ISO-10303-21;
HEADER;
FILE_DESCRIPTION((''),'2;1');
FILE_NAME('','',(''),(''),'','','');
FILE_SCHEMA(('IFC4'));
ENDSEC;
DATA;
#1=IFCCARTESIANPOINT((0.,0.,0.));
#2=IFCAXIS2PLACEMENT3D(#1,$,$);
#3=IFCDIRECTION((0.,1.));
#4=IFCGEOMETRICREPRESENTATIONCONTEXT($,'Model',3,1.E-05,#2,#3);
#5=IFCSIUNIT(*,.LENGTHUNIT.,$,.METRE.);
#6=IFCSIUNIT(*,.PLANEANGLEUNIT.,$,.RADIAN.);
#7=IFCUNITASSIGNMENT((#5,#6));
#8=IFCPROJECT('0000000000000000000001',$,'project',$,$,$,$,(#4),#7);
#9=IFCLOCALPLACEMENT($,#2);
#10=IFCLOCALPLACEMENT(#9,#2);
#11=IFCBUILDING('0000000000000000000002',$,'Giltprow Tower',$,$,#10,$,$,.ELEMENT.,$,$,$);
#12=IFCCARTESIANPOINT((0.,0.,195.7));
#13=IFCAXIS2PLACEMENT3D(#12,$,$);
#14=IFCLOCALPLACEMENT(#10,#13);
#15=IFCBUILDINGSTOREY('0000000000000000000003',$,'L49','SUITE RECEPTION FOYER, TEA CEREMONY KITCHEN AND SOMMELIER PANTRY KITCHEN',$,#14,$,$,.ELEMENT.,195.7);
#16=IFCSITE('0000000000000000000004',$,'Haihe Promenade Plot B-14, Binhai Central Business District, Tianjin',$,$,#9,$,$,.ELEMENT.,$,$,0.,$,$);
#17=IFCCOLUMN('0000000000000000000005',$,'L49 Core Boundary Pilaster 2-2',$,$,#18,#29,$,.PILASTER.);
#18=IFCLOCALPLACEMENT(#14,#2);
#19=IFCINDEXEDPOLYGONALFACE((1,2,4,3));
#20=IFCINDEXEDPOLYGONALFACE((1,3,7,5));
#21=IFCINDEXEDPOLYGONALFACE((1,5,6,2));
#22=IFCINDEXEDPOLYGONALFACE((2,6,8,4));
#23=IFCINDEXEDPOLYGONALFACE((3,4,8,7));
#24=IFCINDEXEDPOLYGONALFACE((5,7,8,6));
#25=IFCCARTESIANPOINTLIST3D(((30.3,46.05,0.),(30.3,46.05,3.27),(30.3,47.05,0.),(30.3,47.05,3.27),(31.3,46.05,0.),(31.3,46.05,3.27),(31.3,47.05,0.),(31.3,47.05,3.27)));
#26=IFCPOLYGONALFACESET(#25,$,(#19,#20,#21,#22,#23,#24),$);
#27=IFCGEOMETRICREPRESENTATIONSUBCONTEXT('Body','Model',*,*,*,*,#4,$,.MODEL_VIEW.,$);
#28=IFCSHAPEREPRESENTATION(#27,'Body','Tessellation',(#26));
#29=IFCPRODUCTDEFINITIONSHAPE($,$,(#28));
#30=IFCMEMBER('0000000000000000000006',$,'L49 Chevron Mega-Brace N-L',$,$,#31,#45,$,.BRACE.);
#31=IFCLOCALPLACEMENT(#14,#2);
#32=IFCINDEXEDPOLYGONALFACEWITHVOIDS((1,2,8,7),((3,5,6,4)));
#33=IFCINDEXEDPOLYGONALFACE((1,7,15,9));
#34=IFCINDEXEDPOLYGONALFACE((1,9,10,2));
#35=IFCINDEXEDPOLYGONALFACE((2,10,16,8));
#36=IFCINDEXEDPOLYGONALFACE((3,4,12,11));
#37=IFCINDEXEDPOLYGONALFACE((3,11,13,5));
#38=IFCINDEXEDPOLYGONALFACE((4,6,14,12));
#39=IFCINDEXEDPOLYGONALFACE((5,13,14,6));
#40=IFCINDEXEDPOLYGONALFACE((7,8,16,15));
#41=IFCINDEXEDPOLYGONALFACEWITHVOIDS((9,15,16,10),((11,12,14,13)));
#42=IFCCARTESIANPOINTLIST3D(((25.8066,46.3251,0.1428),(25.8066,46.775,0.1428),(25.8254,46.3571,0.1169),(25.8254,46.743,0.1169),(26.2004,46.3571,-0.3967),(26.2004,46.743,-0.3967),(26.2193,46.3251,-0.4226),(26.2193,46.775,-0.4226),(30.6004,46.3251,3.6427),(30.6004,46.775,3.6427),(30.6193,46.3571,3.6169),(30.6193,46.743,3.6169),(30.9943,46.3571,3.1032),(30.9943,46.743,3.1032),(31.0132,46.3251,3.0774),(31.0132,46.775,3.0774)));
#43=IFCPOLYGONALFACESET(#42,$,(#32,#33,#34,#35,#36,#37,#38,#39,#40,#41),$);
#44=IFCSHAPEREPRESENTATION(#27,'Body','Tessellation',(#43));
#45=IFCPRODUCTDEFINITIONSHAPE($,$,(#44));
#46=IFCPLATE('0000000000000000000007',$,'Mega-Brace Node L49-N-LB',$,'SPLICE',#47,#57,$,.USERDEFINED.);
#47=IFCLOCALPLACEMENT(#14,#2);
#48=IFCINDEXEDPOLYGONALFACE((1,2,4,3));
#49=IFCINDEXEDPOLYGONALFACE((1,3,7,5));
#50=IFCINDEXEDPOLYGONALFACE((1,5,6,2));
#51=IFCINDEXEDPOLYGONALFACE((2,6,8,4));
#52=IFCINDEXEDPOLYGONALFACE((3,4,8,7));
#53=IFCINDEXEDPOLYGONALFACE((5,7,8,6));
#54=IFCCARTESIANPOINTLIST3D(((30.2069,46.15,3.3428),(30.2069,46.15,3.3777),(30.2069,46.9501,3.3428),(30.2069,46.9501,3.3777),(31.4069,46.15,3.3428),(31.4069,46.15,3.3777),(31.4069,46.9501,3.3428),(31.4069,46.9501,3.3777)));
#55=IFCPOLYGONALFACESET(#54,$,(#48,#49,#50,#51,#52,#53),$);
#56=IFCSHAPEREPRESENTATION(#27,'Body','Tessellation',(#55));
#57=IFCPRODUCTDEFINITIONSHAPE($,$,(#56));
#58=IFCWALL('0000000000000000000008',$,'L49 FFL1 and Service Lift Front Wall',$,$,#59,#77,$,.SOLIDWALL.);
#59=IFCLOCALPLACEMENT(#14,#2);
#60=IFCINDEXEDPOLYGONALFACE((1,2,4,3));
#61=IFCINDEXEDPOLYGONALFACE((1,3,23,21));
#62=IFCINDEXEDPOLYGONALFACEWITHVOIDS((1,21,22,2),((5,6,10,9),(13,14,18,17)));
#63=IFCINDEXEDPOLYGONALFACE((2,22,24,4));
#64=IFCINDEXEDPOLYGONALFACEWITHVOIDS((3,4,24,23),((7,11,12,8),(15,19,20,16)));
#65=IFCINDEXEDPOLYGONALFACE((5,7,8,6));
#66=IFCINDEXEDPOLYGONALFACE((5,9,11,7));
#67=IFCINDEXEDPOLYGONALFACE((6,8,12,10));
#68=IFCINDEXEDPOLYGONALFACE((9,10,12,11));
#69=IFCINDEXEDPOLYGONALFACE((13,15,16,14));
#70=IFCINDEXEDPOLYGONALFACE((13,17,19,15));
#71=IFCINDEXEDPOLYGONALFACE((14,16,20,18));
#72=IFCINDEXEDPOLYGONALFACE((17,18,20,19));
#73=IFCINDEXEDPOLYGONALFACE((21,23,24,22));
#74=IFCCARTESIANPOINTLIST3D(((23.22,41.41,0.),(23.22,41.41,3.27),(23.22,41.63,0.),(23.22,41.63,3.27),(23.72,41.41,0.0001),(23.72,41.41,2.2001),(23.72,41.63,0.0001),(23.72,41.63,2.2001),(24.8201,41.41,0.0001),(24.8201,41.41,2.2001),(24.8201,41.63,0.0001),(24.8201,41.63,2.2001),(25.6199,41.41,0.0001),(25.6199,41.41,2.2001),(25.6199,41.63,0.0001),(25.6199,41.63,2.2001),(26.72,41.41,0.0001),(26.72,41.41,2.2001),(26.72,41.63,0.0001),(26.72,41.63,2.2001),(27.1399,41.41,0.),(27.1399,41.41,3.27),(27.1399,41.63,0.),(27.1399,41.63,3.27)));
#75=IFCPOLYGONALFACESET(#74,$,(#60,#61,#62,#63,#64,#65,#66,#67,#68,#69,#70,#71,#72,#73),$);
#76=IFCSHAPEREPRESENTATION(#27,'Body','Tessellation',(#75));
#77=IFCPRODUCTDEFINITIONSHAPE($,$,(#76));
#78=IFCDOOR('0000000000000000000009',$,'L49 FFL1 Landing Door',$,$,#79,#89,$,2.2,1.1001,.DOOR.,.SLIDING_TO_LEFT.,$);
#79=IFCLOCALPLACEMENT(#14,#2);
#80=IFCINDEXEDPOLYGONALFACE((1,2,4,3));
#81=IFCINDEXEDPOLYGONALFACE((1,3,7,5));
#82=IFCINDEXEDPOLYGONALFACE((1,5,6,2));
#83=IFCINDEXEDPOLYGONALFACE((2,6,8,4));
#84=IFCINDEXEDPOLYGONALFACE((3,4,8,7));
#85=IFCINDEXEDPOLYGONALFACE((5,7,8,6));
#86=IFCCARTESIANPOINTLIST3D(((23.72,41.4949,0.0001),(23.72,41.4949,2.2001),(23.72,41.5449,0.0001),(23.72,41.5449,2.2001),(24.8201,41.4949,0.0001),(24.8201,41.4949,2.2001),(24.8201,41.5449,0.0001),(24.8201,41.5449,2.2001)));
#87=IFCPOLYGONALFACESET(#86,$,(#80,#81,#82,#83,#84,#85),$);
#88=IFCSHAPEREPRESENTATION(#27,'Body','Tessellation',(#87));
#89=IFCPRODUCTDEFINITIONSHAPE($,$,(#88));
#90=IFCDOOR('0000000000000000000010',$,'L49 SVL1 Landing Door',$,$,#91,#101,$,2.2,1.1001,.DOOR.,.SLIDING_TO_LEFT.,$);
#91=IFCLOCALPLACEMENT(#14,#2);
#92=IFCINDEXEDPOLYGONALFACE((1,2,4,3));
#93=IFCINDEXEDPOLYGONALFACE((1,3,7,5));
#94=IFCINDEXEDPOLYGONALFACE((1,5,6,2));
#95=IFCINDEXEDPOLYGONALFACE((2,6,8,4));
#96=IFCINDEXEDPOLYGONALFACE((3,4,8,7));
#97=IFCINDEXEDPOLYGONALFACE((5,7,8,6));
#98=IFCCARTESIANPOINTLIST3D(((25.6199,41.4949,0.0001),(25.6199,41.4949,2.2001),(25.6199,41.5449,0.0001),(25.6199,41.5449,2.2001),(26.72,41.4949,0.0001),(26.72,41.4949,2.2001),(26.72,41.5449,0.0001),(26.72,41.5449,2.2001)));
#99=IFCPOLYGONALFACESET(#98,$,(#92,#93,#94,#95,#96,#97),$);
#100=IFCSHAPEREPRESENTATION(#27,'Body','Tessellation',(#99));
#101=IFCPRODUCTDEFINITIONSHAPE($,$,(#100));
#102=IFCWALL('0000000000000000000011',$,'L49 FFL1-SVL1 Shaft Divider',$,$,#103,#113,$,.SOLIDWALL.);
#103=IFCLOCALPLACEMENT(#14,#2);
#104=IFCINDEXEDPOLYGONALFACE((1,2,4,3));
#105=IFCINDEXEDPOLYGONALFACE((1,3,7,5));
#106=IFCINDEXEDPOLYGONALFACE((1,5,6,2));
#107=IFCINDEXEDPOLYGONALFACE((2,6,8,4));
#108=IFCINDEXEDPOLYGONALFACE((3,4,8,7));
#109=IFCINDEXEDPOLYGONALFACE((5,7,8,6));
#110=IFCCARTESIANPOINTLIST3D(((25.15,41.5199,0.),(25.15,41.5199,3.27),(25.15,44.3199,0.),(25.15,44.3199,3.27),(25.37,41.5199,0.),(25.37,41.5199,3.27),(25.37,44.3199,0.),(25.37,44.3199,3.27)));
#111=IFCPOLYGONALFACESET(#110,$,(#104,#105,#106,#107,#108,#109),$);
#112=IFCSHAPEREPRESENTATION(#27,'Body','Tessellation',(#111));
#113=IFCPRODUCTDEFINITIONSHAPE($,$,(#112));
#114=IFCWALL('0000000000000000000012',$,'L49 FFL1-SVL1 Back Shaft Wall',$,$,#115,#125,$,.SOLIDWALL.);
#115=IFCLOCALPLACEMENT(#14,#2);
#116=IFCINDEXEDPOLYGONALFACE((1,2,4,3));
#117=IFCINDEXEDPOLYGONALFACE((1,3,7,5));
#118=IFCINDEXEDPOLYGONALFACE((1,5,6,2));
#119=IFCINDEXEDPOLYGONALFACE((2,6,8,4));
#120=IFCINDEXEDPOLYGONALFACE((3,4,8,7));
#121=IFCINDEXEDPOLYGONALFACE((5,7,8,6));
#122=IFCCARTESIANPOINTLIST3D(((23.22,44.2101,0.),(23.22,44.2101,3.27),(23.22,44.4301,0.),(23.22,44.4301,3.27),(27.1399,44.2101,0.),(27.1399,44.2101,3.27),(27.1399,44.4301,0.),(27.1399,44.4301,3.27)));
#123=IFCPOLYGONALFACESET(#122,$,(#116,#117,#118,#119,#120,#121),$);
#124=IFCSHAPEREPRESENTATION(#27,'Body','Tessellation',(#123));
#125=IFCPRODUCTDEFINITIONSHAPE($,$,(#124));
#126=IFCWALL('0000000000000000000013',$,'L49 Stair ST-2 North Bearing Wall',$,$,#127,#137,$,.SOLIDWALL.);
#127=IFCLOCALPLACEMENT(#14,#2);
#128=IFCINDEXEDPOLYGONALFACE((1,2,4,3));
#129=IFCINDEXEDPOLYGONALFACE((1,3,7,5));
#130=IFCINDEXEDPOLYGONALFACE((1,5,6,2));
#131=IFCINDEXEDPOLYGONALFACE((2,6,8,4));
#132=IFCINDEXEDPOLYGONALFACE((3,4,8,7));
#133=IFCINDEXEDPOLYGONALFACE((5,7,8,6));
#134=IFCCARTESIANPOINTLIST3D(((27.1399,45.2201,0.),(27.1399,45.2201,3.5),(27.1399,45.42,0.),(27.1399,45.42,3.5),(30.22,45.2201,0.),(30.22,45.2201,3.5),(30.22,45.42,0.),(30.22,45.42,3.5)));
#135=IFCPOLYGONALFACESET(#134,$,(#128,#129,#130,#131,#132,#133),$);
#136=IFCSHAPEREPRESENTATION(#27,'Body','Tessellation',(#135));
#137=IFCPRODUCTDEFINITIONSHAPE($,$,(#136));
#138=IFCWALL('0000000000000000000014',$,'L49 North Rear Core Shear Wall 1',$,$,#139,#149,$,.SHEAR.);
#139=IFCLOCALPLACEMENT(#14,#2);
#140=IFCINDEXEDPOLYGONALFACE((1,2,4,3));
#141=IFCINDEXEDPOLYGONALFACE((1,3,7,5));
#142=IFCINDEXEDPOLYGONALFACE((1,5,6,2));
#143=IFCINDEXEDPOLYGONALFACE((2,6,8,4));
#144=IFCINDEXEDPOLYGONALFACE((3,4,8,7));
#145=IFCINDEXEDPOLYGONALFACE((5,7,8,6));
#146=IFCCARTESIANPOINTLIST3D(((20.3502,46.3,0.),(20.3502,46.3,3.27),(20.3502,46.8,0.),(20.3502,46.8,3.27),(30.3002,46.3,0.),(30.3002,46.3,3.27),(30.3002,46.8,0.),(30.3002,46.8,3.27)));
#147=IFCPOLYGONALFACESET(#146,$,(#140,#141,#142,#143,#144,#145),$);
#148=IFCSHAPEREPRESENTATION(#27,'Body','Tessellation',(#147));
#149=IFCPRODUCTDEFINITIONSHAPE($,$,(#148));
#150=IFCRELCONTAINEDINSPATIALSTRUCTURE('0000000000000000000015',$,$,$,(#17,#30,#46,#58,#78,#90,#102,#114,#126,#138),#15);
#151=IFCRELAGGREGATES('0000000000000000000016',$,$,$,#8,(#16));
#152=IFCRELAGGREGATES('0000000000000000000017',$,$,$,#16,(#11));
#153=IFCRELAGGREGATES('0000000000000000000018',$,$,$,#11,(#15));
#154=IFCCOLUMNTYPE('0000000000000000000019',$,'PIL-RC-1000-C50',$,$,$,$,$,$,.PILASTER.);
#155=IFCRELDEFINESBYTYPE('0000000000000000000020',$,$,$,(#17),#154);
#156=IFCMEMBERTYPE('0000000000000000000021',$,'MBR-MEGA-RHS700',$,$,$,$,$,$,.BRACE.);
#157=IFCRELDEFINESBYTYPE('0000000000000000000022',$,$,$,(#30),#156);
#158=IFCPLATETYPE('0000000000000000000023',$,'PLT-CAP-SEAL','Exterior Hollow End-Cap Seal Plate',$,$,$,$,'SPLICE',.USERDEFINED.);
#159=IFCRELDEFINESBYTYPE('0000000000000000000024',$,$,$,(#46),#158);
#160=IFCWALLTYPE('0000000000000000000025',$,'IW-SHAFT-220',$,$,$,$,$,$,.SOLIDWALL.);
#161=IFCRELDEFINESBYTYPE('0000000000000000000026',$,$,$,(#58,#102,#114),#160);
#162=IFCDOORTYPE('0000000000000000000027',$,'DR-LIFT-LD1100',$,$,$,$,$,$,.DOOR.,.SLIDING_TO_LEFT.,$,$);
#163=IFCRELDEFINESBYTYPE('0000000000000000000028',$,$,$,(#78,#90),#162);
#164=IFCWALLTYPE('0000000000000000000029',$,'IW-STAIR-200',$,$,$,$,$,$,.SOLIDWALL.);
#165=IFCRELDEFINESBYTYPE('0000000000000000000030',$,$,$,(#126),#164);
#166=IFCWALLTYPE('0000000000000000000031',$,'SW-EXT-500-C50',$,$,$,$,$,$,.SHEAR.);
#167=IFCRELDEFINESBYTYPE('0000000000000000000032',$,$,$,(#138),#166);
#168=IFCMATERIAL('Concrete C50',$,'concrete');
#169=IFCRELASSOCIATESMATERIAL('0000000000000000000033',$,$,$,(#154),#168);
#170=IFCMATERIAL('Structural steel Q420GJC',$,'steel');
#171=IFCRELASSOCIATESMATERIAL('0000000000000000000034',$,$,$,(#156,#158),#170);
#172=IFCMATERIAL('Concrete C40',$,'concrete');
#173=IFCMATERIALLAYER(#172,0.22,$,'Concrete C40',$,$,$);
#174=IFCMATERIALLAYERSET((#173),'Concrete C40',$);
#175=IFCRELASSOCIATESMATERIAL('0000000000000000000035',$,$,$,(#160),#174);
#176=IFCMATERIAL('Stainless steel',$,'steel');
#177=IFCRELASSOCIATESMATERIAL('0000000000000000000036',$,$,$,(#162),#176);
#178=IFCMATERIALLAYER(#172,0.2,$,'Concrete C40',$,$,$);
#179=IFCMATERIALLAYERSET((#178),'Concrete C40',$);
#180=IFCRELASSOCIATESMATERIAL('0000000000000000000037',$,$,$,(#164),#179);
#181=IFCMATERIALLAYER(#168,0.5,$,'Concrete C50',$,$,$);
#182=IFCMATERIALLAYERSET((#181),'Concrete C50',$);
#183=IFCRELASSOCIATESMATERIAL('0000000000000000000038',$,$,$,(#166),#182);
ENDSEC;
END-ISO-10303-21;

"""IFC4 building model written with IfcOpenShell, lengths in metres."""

from ifc_helpers import new_model, si_unit, direction, frame, frame_2d, origin, origin_2d, place, context, subcontext, project, spatial, rectangle, hollow_rectangle, extrude, source, transform, mapped, material, layer, layer_set, material_profile, profile_set, type_object, element, fill, save


model = new_model("IFC4")

# Units and contexts
model_context = context("Model", 3, precision=1e-05, world=origin(), true_north=direction((0.0, 1.0)))
body_context = subcontext(model_context, "Body", "Model", "MODEL_VIEW")
ifc_project = project(units=[si_unit("LENGTHUNIT", "METRE"), si_unit("PLANEANGLEUNIT", "RADIAN")], contexts=[model_context])

# Site, building, storey
site_placement = place(None, origin())
site = spatial("IfcSite", under=ifc_project, at=site_placement, Name="Haihe Promenade Plot B-14, Binhai Central Business District, Tianjin", CompositionType="ELEMENT", RefElevation=0.0)
building_placement = place(site_placement, origin())
building = spatial("IfcBuilding", under=site, at=building_placement, Name="Giltprow Tower", CompositionType="ELEMENT")
storey_placement = place(building_placement, frame((0.0, 0.0, 195.7)))
storey = spatial("IfcBuildingStorey", under=building, at=storey_placement, Name="L49", Description="SUITE RECEPTION FOYER, TEA CEREMONY KITCHEN AND SOMMELIER PANTRY KITCHEN", CompositionType="ELEMENT", Elevation=195.7)

# Column
ifc_material_1 = material(Name="Concrete C50", Category="concrete")
ifc_material_profile_1 = material_profile(ifc_material_1, rectangle(XDim=1.0, YDim=1.0, at=origin_2d()), Name="RC 1000x1000")
ifc_profile_set_1 = profile_set([ifc_material_profile_1], Name="Concrete C50")
column_type = type_object("IfcColumnType", Name="PIL-RC-1000-C50", PredefinedType="PILASTER", material=ifc_profile_set_1)
shared_shape_1 = source(origin(), body_context, "Body", "SweptSolid", [
    extrude(rectangle(XDim=1.0, YDim=1.0, at=origin_2d()), origin(), (0.0, 0.0, 1.0), 3.27),
])
column_placement = place(storey_placement, frame((30.8, 46.55, 0.0), z_axis=(0.0, 0.0, 1.0), x_axis=(1.0, 0.0, 0.0)))
element("IfcColumn", 1, at=column_placement, inside=storey, type_object=column_type, Name="L49 Core Boundary Pilaster 2-2", PredefinedType="PILASTER", context=body_context, shape_type="MappedRepresentation", body=[
    mapped(shared_shape_1, transform((0.0, 0.0, 0.0), x_axis=(1.0, 0.0, 0.0), y_axis=(0.0, 1.0, 0.0), z_axis=(0.0, 0.0, 1.0), scale=1.0)),
])

# Member
ifc_material_2 = material(Name="Structural steel Q420GJC", Category="steel")
ifc_material_profile_2 = material_profile(ifc_material_2, hollow_rectangle(XDim=0.45, YDim=0.7, WallThickness=0.032, at=origin_2d()), Name="RHS 700x450x32")
ifc_profile_set_2 = profile_set([ifc_material_profile_2], Name="Structural steel Q420GJC")
member_type = type_object("IfcMemberType", Name="MBR-MEGA-RHS700", PredefinedType="BRACE", material=ifc_profile_set_2)
shared_shape_2 = source(origin(), body_context, "Body", "SweptSolid", [
    extrude(hollow_rectangle(XDim=0.45, YDim=0.7, WallThickness=0.032, at=origin_2d()), origin(), (0.0, 0.0, 1.0), 5.9355),
])
member_placement = place(storey_placement, frame((26.0129, 46.55, -0.1399), z_axis=(0.807653, 0.0, 0.589658), x_axis=(0.0, 1.0, 0.0)))
element("IfcMember", 2, at=member_placement, inside=storey, type_object=member_type, Name="L49 Chevron Mega-Brace N-L", PredefinedType="BRACE", context=body_context, shape_type="MappedRepresentation", body=[
    mapped(shared_shape_2, transform((0.0, 0.0, 0.0), x_axis=(1.0, 0.0, 0.0), y_axis=(0.0, 1.0, 0.0), z_axis=(0.0, 0.0, 1.0), scale=1.0)),
])

# Plate
plate_type = type_object("IfcPlateType", Name="PLT-CAP-SEAL", Description="Exterior Hollow End-Cap Seal Plate", ElementType="SPLICE", PredefinedType="USERDEFINED", material=ifc_material_2)
shared_shape_3 = source(origin(), body_context, "Body", "SweptSolid", [
    extrude(rectangle(XDim=1.2, YDim=0.8, at=origin_2d()), origin(), (0.0, 0.0, 1.0), 0.0349),
])
plate_placement = place(storey_placement, frame((30.8069, 46.55, 3.3428), z_axis=(0.0, 0.0, 1.0), x_axis=(1.0, 0.0, 0.0)))
element("IfcPlate", 3, at=plate_placement, inside=storey, type_object=plate_type, Name="Mega-Brace Node L49-N-LB", ObjectType="SPLICE", PredefinedType="USERDEFINED", context=body_context, shape_type="MappedRepresentation", body=[
    mapped(shared_shape_3, transform((0.0, 0.0, 0.0), x_axis=(1.0, 0.0, 0.0), y_axis=(0.0, 1.0, 0.0), z_axis=(0.0, 0.0, 1.0), scale=1.0)),
])

# Wall, openings, doors
ifc_material_3 = material(Name="Concrete C40", Category="concrete")
ifc_layer_1 = layer(ifc_material_3, 0.22, Name="Concrete C40")
ifc_layer_set_1 = layer_set([ifc_layer_1], Name="Concrete C40")
wall_type_1 = type_object("IfcWallType", Name="IW-SHAFT-220", PredefinedType="SOLIDWALL", material=ifc_layer_set_1)
wall_1_placement = place(storey_placement, frame((23.22, 41.52, 0.0), z_axis=(0.0, 0.0, 1.0), x_axis=(1.0, 0.0, 0.0)))
wall_1 = element("IfcWall", 4, at=wall_1_placement, inside=storey, type_object=wall_type_1, Name="L49 FFL1 and Service Lift Front Wall", PredefinedType="SOLIDWALL", context=body_context, shape_type="SweptSolid", body=[
    extrude(rectangle(XDim=3.9199, YDim=0.22, at=frame_2d((1.96, 0.0))), origin(), (0.0, 0.0, 1.0), 3.27),
])
opening_1_placement = place(wall_1_placement, frame((0.5, 0.0, 0.0)))
opening_1 = element("IfcOpeningElement", 5, at=opening_1_placement, cuts=wall_1, PredefinedType="OPENING", context=body_context, shape_type="SweptSolid", body=[
    extrude(rectangle(XDim=1.1001, YDim=2.2, at=frame_2d((0.55, 1.1001))), frame((0.0, 0.1199, 0.0), z_axis=(0.0, -1.0, 0.0), x_axis=(1.0, 0.0, 0.0)), (0.0, 0.0, 1.0), 0.24),
])
opening_2_placement = place(wall_1_placement, frame((2.3999, 0.0, 0.0)))
opening_2 = element("IfcOpeningElement", 6, at=opening_2_placement, cuts=wall_1, PredefinedType="OPENING", context=body_context, shape_type="SweptSolid", body=[
    extrude(rectangle(XDim=1.1001, YDim=2.2, at=frame_2d((0.55, 1.1001))), frame((0.0, 0.1199, 0.0), z_axis=(0.0, -1.0, 0.0), x_axis=(1.0, 0.0, 0.0)), (0.0, 0.0, 1.0), 0.24),
])
ifc_material_4 = material(Name="Stainless steel", Category="steel")
door_type = type_object("IfcDoorType", Name="DR-LIFT-LD1100", OperationType="SLIDING_TO_LEFT", PredefinedType="DOOR", material=ifc_material_4)
shared_shape_4 = source(origin(), body_context, "Body", "SweptSolid", [
    extrude(rectangle(XDim=1.1001, YDim=2.2, at=frame_2d((0.55, 1.1001))), frame((0.0, 0.0249, 0.0), z_axis=(0.0, -1.0, 0.0), x_axis=(1.0, 0.0, 0.0)), (0.0, 0.0, 1.0), 0.05),
])
door_1_placement = place(opening_1_placement, origin())
door_1 = element("IfcDoor", 7, at=door_1_placement, inside=storey, type_object=door_type, Name="L49 FFL1 Landing Door", OperationType="SLIDING_TO_LEFT", OverallHeight=2.2, OverallWidth=1.1001, PredefinedType="DOOR", context=body_context, shape_type="MappedRepresentation", body=[
    mapped(shared_shape_4, transform((0.0, 0.0, 0.0), x_axis=(1.0, 0.0, 0.0), y_axis=(0.0, 1.0, 0.0), z_axis=(0.0, 0.0, 1.0), scale=1.0)),
])
fill(opening_1, door_1)
door_2_placement = place(opening_2_placement, origin())
door_2 = element("IfcDoor", 8, at=door_2_placement, inside=storey, type_object=door_type, Name="L49 SVL1 Landing Door", OperationType="SLIDING_TO_LEFT", OverallHeight=2.2, OverallWidth=1.1001, PredefinedType="DOOR", context=body_context, shape_type="MappedRepresentation", body=[
    mapped(shared_shape_4, transform((0.0, 0.0, 0.0), x_axis=(1.0, 0.0, 0.0), y_axis=(0.0, 1.0, 0.0), z_axis=(0.0, 0.0, 1.0), scale=1.0)),
])
fill(opening_2, door_2)

# Walls
wall_2_placement = place(storey_placement, frame((25.26, 41.52, 0.0), z_axis=(0.0, 0.0, 1.0), x_axis=(0.0, 1.0, 0.0)))
element("IfcWall", 9, at=wall_2_placement, inside=storey, type_object=wall_type_1, Name="L49 FFL1-SVL1 Shaft Divider", PredefinedType="SOLIDWALL", context=body_context, shape_type="SweptSolid", body=[
    extrude(rectangle(XDim=2.8, YDim=0.22, at=frame_2d((1.3999, 0.0))), origin(), (0.0, 0.0, 1.0), 3.27),
])
wall_3_placement = place(storey_placement, frame((23.22, 44.3201, 0.0), z_axis=(0.0, 0.0, 1.0), x_axis=(1.0, 0.0, 0.0)))
element("IfcWall", 10, at=wall_3_placement, inside=storey, type_object=wall_type_1, Name="L49 FFL1-SVL1 Back Shaft Wall", PredefinedType="SOLIDWALL", context=body_context, shape_type="SweptSolid", body=[
    extrude(rectangle(XDim=3.9199, YDim=0.22, at=frame_2d((1.96, 0.0))), origin(), (0.0, 0.0, 1.0), 3.27),
])
ifc_layer_2 = layer(ifc_material_3, 0.2, Name="Concrete C40")
ifc_layer_set_2 = layer_set([ifc_layer_2], Name="Concrete C40")
wall_type_2 = type_object("IfcWallType", Name="IW-STAIR-200", PredefinedType="SOLIDWALL", material=ifc_layer_set_2)
wall_4_placement = place(storey_placement, frame((27.1399, 45.3201, 0.0), z_axis=(0.0, 0.0, 1.0), x_axis=(1.0, 0.0, 0.0)))
element("IfcWall", 11, at=wall_4_placement, inside=storey, type_object=wall_type_2, Name="L49 Stair ST-2 North Bearing Wall", PredefinedType="SOLIDWALL", context=body_context, shape_type="SweptSolid", body=[
    extrude(rectangle(XDim=3.0801, YDim=0.2, at=frame_2d((1.54, 0.0))), origin(), (0.0, 0.0, 1.0), 3.5),
])
ifc_layer_3 = layer(ifc_material_1, 0.5, Name="Concrete C50")
ifc_layer_set_3 = layer_set([ifc_layer_3], Name="Concrete C50")
wall_type_3 = type_object("IfcWallType", Name="SW-EXT-500-C50", PredefinedType="SHEAR", material=ifc_layer_set_3)
wall_5_placement = place(storey_placement, frame((20.3501, 46.55, 0.0), z_axis=(0.0, 0.0, 1.0), x_axis=(1.0, 0.0, 0.0)))
element("IfcWall", 12, at=wall_5_placement, inside=storey, type_object=wall_type_3, Name="L49 North Rear Core Shear Wall 1", PredefinedType="SHEAR", context=body_context, shape_type="SweptSolid", body=[
    extrude(rectangle(XDim=9.95, YDim=0.5, at=frame_2d((4.9751, 0.0))), origin(), (0.0, 0.0, 1.0), 3.27),
])

save(model, "model.ifc")
